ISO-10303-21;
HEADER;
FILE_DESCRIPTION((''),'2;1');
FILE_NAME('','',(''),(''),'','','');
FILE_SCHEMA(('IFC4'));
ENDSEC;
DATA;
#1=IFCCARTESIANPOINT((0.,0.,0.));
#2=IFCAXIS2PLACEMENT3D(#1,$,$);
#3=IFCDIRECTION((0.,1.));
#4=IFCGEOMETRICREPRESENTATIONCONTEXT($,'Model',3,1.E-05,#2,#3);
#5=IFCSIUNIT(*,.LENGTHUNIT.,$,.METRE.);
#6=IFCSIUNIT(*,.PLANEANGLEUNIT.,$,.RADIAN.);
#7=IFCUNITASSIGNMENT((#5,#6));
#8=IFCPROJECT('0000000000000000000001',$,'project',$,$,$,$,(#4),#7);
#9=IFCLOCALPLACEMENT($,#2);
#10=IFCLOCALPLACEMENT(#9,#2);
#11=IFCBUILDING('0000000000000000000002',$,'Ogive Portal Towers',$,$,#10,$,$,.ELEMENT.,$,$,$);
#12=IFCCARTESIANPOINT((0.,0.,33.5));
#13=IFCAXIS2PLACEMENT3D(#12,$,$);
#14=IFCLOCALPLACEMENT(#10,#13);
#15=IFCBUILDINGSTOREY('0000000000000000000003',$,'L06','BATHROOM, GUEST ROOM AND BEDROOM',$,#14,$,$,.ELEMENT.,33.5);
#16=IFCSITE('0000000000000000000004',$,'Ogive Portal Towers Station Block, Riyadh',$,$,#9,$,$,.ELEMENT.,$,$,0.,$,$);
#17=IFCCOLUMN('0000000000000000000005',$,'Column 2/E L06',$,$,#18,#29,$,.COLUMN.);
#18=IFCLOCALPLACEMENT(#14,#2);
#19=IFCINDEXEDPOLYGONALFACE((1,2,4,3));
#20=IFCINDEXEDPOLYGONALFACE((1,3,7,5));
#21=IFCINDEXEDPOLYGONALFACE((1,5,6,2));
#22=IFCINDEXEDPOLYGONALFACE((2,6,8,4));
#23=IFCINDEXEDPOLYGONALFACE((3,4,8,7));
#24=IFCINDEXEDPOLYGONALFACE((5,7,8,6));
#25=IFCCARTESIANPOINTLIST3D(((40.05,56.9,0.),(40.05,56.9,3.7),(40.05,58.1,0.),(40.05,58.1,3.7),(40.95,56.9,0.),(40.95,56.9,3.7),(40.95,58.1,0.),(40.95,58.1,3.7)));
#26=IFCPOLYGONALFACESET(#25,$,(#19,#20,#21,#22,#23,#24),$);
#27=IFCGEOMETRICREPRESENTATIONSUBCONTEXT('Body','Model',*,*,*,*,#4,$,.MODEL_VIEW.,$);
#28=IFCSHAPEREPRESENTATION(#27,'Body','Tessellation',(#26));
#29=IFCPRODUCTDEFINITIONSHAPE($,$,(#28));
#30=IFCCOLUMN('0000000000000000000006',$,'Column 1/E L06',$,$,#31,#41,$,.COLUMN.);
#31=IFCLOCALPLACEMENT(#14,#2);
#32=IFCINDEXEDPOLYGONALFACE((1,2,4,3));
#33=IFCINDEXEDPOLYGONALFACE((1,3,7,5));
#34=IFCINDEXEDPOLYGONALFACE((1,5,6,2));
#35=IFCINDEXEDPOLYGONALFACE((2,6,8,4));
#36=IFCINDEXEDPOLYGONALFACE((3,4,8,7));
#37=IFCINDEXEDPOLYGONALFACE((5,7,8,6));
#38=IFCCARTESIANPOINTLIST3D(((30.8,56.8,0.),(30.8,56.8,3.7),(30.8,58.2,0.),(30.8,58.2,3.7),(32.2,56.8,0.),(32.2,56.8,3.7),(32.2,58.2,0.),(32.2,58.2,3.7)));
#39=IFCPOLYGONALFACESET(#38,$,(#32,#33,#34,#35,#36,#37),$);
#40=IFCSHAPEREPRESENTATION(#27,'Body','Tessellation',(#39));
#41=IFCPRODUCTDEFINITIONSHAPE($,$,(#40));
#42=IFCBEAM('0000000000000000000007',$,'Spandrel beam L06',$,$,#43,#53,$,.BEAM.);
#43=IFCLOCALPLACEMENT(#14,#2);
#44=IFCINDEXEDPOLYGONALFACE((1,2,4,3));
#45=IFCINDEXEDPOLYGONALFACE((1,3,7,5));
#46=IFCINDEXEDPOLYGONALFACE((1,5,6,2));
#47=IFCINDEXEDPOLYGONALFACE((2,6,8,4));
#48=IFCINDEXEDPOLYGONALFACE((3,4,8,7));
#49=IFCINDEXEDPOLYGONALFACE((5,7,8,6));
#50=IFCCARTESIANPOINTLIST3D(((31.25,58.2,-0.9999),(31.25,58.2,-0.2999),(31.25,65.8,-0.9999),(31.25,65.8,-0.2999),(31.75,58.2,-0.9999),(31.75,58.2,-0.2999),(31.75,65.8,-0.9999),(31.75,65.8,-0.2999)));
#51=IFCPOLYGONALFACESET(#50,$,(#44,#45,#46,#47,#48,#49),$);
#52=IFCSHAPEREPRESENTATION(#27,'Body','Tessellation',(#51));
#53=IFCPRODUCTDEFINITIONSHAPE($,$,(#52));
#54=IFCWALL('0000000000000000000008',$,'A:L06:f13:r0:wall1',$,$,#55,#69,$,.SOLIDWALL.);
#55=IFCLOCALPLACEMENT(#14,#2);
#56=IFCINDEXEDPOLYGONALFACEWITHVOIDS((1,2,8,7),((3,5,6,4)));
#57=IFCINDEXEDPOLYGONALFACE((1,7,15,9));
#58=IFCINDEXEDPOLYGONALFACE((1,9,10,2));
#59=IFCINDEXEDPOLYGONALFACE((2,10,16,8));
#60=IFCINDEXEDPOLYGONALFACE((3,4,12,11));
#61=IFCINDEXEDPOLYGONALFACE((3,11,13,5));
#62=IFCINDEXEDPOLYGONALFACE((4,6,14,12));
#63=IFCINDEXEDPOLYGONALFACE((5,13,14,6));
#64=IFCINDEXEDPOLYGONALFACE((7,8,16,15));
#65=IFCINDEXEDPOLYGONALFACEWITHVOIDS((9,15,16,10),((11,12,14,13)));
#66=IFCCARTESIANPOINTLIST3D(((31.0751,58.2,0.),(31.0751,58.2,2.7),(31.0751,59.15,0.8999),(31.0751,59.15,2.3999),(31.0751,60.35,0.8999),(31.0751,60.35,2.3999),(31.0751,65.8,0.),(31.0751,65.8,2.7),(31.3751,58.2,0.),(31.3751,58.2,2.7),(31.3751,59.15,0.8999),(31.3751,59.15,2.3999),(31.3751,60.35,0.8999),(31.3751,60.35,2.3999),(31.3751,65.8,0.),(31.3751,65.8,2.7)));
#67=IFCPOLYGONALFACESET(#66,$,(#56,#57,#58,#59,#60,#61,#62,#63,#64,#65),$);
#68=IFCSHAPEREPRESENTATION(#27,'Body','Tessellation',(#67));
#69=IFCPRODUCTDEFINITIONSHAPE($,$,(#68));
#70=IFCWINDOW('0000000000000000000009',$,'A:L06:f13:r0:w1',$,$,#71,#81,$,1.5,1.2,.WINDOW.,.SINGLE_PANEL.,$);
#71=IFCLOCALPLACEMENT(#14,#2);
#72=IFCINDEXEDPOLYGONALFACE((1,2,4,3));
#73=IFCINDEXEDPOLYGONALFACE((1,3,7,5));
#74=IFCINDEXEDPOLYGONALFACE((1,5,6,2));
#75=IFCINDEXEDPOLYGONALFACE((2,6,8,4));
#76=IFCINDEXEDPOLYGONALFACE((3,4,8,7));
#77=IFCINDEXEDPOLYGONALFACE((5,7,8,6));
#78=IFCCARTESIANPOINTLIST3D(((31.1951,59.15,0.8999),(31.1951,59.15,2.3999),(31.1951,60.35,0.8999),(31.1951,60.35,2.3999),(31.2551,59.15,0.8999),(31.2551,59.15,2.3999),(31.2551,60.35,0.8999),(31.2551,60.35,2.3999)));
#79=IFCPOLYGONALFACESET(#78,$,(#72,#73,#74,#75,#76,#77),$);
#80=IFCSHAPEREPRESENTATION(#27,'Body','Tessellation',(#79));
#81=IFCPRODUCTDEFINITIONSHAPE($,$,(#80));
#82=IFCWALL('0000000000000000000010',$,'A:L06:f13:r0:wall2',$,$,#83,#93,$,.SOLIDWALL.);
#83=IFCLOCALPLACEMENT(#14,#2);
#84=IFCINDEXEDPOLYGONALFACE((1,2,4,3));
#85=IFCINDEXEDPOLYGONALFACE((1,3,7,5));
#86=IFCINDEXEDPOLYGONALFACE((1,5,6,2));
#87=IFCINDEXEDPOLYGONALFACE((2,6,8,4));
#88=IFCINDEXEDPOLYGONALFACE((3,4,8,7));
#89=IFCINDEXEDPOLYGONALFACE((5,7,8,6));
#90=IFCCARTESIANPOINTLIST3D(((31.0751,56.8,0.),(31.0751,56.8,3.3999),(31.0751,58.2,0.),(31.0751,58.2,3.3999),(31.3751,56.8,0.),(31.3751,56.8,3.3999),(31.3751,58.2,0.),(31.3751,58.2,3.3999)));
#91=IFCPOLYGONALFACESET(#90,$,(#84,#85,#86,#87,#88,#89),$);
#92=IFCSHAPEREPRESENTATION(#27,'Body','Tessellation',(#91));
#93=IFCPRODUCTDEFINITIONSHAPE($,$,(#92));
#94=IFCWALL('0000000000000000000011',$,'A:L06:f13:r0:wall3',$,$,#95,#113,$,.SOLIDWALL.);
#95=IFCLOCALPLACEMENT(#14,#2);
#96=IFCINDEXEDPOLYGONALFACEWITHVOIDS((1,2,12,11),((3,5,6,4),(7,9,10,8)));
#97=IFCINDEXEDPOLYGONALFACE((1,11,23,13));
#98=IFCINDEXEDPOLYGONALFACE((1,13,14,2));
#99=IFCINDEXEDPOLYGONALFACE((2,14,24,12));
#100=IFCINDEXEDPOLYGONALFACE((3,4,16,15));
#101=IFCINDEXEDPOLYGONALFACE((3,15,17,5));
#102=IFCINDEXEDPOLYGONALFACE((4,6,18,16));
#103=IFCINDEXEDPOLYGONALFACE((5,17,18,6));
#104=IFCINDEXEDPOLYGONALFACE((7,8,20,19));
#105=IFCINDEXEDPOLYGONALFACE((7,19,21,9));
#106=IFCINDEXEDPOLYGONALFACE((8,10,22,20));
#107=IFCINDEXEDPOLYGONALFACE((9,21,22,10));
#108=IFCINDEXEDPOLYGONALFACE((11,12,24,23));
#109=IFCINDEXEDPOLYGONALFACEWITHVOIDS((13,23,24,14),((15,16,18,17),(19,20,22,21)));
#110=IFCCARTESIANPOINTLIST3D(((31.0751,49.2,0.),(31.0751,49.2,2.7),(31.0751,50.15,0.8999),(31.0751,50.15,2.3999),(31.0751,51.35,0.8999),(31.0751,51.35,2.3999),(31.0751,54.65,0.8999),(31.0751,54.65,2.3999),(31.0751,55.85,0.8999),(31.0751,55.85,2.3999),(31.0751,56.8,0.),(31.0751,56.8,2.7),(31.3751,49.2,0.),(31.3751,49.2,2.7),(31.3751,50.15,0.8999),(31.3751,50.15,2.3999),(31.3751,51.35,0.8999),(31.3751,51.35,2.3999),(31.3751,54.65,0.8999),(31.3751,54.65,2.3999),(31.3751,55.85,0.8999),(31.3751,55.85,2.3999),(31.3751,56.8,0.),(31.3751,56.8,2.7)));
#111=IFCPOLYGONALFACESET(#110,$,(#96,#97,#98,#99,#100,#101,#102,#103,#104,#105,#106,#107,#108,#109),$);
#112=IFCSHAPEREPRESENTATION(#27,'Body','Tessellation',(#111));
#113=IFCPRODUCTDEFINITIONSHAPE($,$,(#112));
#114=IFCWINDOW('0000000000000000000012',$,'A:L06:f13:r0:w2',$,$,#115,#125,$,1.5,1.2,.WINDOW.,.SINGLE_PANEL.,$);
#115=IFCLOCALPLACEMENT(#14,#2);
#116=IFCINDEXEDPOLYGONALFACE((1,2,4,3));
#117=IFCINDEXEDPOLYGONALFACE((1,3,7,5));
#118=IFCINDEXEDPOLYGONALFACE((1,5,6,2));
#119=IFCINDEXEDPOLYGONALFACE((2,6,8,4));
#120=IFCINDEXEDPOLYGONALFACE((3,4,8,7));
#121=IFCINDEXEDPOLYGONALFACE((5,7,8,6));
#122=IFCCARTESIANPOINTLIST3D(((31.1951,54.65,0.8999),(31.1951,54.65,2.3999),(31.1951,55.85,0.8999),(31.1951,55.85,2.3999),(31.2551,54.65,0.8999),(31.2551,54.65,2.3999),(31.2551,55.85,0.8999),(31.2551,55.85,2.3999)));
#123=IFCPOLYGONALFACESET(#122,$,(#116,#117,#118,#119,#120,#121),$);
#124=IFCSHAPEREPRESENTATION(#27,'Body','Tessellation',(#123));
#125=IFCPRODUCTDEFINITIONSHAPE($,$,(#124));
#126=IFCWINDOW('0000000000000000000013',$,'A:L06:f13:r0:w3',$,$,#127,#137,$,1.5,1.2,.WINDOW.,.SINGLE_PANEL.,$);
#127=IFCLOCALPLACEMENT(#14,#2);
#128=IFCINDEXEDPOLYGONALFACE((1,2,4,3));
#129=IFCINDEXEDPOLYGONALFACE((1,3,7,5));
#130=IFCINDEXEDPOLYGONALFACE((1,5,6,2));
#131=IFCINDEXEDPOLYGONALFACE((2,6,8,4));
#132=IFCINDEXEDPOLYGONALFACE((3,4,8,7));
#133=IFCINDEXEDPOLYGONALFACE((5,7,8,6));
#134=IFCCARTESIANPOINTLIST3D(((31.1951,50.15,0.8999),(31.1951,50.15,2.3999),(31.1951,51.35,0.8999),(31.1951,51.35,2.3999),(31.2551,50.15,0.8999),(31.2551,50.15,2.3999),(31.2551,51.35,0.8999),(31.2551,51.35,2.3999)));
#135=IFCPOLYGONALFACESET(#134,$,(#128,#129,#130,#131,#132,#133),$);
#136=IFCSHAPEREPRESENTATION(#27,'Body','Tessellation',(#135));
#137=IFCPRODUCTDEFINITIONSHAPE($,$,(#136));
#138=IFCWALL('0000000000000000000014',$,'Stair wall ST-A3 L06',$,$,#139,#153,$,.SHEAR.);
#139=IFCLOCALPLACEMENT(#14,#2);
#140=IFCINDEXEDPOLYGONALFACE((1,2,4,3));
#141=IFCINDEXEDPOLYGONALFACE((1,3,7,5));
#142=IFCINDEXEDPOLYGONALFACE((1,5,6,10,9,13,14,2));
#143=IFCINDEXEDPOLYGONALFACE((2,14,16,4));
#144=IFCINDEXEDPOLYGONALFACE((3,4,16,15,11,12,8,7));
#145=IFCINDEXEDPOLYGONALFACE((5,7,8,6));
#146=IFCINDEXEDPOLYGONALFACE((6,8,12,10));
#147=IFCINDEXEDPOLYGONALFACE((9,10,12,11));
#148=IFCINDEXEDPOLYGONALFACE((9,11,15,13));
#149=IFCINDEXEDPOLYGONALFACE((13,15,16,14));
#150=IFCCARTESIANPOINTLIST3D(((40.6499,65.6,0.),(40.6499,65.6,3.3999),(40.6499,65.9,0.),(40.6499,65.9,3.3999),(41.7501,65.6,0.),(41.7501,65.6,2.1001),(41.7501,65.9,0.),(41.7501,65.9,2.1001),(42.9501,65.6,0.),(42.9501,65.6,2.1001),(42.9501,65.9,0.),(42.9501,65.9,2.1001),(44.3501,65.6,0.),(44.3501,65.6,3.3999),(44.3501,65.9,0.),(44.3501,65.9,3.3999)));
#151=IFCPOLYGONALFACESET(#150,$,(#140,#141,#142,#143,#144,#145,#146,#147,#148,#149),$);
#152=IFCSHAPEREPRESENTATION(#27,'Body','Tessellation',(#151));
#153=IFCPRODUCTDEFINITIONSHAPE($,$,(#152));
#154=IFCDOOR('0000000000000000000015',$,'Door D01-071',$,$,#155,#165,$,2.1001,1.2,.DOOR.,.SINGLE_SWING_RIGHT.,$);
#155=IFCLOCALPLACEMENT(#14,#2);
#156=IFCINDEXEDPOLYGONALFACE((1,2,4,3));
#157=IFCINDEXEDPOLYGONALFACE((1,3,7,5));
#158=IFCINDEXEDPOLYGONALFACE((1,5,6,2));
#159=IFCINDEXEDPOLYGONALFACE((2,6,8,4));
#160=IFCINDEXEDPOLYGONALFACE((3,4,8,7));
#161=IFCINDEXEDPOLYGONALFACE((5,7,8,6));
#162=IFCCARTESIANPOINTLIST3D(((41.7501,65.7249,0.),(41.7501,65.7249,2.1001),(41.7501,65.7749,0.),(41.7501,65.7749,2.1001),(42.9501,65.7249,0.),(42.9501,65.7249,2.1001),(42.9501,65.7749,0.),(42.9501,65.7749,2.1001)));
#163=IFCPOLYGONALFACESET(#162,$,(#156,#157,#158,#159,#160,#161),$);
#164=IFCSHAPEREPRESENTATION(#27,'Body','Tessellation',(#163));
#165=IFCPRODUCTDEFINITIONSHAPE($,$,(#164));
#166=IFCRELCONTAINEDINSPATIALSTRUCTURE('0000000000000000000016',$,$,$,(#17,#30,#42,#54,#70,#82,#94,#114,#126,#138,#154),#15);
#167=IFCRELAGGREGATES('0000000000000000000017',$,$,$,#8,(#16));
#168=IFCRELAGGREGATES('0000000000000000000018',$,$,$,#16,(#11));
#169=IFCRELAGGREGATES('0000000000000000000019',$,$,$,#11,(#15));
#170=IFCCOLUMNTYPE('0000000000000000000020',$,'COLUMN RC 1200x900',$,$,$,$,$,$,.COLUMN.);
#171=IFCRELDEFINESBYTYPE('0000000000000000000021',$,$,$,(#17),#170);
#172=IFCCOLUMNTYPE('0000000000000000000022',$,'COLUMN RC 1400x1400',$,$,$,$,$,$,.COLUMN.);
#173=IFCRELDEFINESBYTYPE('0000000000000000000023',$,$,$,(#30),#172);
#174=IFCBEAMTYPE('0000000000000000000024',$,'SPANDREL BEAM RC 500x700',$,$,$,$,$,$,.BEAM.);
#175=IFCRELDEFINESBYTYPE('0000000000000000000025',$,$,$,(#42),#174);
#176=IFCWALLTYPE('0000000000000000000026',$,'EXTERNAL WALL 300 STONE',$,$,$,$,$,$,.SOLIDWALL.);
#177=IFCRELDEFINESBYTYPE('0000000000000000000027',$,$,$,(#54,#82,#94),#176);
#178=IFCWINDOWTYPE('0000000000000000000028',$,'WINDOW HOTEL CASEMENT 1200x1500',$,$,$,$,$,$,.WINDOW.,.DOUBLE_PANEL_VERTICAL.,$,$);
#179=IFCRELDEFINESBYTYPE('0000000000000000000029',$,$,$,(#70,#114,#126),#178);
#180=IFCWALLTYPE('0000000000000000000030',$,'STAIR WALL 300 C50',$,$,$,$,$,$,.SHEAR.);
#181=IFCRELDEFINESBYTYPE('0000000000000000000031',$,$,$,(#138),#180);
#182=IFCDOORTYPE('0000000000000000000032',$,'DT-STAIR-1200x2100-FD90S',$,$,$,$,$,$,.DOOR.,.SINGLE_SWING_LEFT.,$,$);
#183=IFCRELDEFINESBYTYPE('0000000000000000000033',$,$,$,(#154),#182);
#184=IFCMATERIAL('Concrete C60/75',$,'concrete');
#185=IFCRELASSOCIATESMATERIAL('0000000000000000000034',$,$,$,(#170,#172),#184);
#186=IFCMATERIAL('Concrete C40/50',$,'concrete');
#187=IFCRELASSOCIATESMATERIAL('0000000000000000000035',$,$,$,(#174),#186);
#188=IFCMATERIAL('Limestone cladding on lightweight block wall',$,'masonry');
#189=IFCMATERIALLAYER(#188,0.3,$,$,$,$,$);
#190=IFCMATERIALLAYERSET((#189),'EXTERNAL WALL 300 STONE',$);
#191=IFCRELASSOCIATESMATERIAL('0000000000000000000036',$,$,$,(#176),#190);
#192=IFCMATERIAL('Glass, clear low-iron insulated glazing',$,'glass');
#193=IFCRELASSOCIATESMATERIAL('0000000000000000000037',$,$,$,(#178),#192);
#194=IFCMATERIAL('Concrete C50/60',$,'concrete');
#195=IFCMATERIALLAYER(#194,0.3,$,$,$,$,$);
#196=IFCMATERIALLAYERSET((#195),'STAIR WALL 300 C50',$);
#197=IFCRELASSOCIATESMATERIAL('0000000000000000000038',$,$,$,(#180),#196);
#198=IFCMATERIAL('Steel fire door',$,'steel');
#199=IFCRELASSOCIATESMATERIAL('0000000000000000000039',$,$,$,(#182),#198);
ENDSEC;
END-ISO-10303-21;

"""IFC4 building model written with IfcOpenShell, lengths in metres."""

from ifc_helpers import new_model, si_unit, direction, frame, frame_2d, origin, origin_2d, place, context, subcontext, project, spatial, rectangle, extrude, material, layer, layer_set, material_profile, profile_set, type_object, element, fill, save


model = new_model("IFC4")

# Units and contexts
model_context = context("Model", 3, precision=1e-05, world=origin(), true_north=direction((0.0, 1.0)))
body_context = subcontext(model_context, "Body", "Model", "MODEL_VIEW")
ifc_project = project(units=[si_unit("LENGTHUNIT", "METRE"), si_unit("PLANEANGLEUNIT", "RADIAN")], contexts=[model_context])

# Site, building, storey
site_placement = place(None, origin())
site = spatial("IfcSite", under=ifc_project, at=site_placement, Name="Ogive Portal Towers Station Block, Riyadh", CompositionType="ELEMENT", RefElevation=0.0)
building_placement = place(site_placement, origin())
building = spatial("IfcBuilding", under=site, at=building_placement, Name="Ogive Portal Towers", CompositionType="ELEMENT")
storey_placement = place(building_placement, frame((0.0, 0.0, 33.5)))
storey = spatial("IfcBuildingStorey", under=building, at=storey_placement, Name="L06", Description="BATHROOM, GUEST ROOM AND BEDROOM", CompositionType="ELEMENT", Elevation=33.5)

# Columns
ifc_material_1 = material(Name="Concrete C60/75", Category="concrete")
ifc_material_profile_1 = material_profile(ifc_material_1, rectangle(XDim=1.2, YDim=0.8999, at=origin_2d()), Name="RC 1200x900")
ifc_profile_set_1 = profile_set([ifc_material_profile_1], Name="Concrete C60/75")
column_type_1 = type_object("IfcColumnType", Name="COLUMN RC 1200x900", PredefinedType="COLUMN", material=ifc_profile_set_1)
column_1_placement = place(storey_placement, frame((40.5, 57.5, 0.0), z_axis=(0.0, 0.0, 1.0), x_axis=(0.0, 1.0, 0.0)))
element("IfcColumn", 1, at=column_1_placement, inside=storey, type_object=column_type_1, Name="Column 2/E L06", PredefinedType="COLUMN", context=body_context, shape_type="SweptSolid", body=[
    extrude(rectangle(XDim=1.2, YDim=0.8999, at=origin_2d()), origin(), (0.0, 0.0, 1.0), 3.7),
])
ifc_material_profile_2 = material_profile(ifc_material_1, rectangle(XDim=1.3999, YDim=1.3999, at=origin_2d()), Name="RC 1400x1400")
ifc_profile_set_2 = profile_set([ifc_material_profile_2], Name="Concrete C60/75")
column_type_2 = type_object("IfcColumnType", Name="COLUMN RC 1400x1400", PredefinedType="COLUMN", material=ifc_profile_set_2)
column_2_placement = place(storey_placement, frame((31.5, 57.5, 0.0), z_axis=(0.0, 0.0, 1.0), x_axis=(1.0, 0.0, 0.0)))
element("IfcColumn", 2, at=column_2_placement, inside=storey, type_object=column_type_2, Name="Column 1/E L06", PredefinedType="COLUMN", context=body_context, shape_type="SweptSolid", body=[
    extrude(rectangle(XDim=1.3999, YDim=1.3999, at=origin_2d()), origin(), (0.0, 0.0, 1.0), 3.7),
])

# Beam
ifc_material_2 = material(Name="Concrete C40/50", Category="concrete")
ifc_material_profile_3 = material_profile(ifc_material_2, rectangle(XDim=0.5, YDim=0.7, at=origin_2d()), Name="RC 500x700")
ifc_profile_set_3 = profile_set([ifc_material_profile_3], Name="Concrete C40/50")
beam_type = type_object("IfcBeamType", Name="SPANDREL BEAM RC 500x700", PredefinedType="BEAM", material=ifc_profile_set_3)
beam_placement = place(storey_placement, frame((31.5, 58.2, -0.6499), z_axis=(0.0, 1.0, 0.0), x_axis=(-1.0, 0.0, 0.0)))
element("IfcBeam", 3, at=beam_placement, inside=storey, type_object=beam_type, Name="Spandrel beam L06", PredefinedType="BEAM", context=body_context, shape_type="SweptSolid", body=[
    extrude(rectangle(XDim=0.5, YDim=0.7, at=origin_2d()), origin(), (0.0, 0.0, 1.0), 7.6001),
])

# Wall, opening, window
ifc_material_3 = material(Name="Limestone cladding on lightweight block wall", Category="masonry")
ifc_layer_1 = layer(ifc_material_3, 0.3)
ifc_layer_set_1 = layer_set([ifc_layer_1], Name="EXTERNAL WALL 300 STONE")
wall_type_1 = type_object("IfcWallType", Name="EXTERNAL WALL 300 STONE", PredefinedType="SOLIDWALL", material=ifc_layer_set_1)
wall_1_placement = place(storey_placement, frame((31.2251, 65.8, 0.0), z_axis=(0.0, 0.0, 1.0), x_axis=(0.0, -1.0, 0.0)))
wall_1 = element("IfcWall", 4, at=wall_1_placement, inside=storey, type_object=wall_type_1, Name="A:L06:f13:r0:wall1", PredefinedType="SOLIDWALL", context=body_context, shape_type="SweptSolid", body=[
    extrude(rectangle(XDim=7.6001, YDim=0.3, at=frame_2d((3.8, 0.0))), origin(), (0.0, 0.0, 1.0), 2.7),
])
opening_1_placement = place(wall_1_placement, frame((5.45, 0.0, 0.8999)))
opening_1 = element("IfcOpeningElement", 5, at=opening_1_placement, cuts=wall_1, PredefinedType="OPENING", context=body_context, shape_type="SweptSolid", body=[
    extrude(rectangle(XDim=1.2, YDim=1.5, at=frame_2d((0.6001, 0.75))), frame((0.0, 0.1602, 0.0), z_axis=(0.0, -1.0, 0.0), x_axis=(1.0, 0.0, 0.0)), (0.0, 0.0, 1.0), 0.3201),
])
ifc_material_4 = material(Name="Glass, clear low-iron insulated glazing", Category="glass")
window_type = type_object("IfcWindowType", Name="WINDOW HOTEL CASEMENT 1200x1500", PartitioningType="DOUBLE_PANEL_VERTICAL", PredefinedType="WINDOW", material=ifc_material_4)
window_1_placement = place(opening_1_placement, origin())
window_1 = element("IfcWindow", 6, at=window_1_placement, inside=storey, type_object=window_type, Name="A:L06:f13:r0:w1", OverallHeight=1.5, OverallWidth=1.2, PartitioningType="SINGLE_PANEL", PredefinedType="WINDOW", context=body_context, shape_type="SweptSolid", body=[
    extrude(rectangle(XDim=1.2, YDim=1.5, at=frame_2d((0.6001, 0.75))), frame((0.0, 0.03, 0.0), z_axis=(0.0, -1.0, 0.0), x_axis=(1.0, 0.0, 0.0)), (0.0, 0.0, 1.0), 0.0601),
])
fill(opening_1, window_1)

# Wall
wall_2_placement = place(storey_placement, frame((31.2251, 58.2, 0.0), z_axis=(0.0, 0.0, 1.0), x_axis=(0.0, -1.0, 0.0)))
element("IfcWall", 7, at=wall_2_placement, inside=storey, type_object=wall_type_1, Name="A:L06:f13:r0:wall2", PredefinedType="SOLIDWALL", context=body_context, shape_type="SweptSolid", body=[
    extrude(rectangle(XDim=1.3999, YDim=0.3, at=frame_2d((0.7, 0.0))), origin(), (0.0, 0.0, 1.0), 3.3999),
])

# Wall, openings, windows
wall_3_placement = place(storey_placement, frame((31.2251, 56.8, 0.0), z_axis=(0.0, 0.0, 1.0), x_axis=(0.0, -1.0, 0.0)))
wall_3 = element("IfcWall", 8, at=wall_3_placement, inside=storey, type_object=wall_type_1, Name="A:L06:f13:r0:wall3", PredefinedType="SOLIDWALL", context=body_context, shape_type="SweptSolid", body=[
    extrude(rectangle(XDim=7.6001, YDim=0.3, at=frame_2d((3.8, 0.0))), origin(), (0.0, 0.0, 1.0), 2.7),
])
opening_2_placement = place(wall_3_placement, frame((0.95, 0.0, 0.8999)))
opening_2 = element("IfcOpeningElement", 9, at=opening_2_placement, cuts=wall_3, PredefinedType="OPENING", context=body_context, shape_type="SweptSolid", body=[
    extrude(rectangle(XDim=1.2, YDim=1.5, at=frame_2d((0.6001, 0.75))), frame((0.0, 0.1602, 0.0), z_axis=(0.0, -1.0, 0.0), x_axis=(1.0, 0.0, 0.0)), (0.0, 0.0, 1.0), 0.3201),
])
opening_3_placement = place(wall_3_placement, frame((5.45, 0.0, 0.8999)))
opening_3 = element("IfcOpeningElement", 10, at=opening_3_placement, cuts=wall_3, PredefinedType="OPENING", context=body_context, shape_type="SweptSolid", body=[
    extrude(rectangle(XDim=1.2, YDim=1.5, at=frame_2d((0.6001, 0.75))), frame((0.0, 0.1602, 0.0), z_axis=(0.0, -1.0, 0.0), x_axis=(1.0, 0.0, 0.0)), (0.0, 0.0, 1.0), 0.3201),
])
window_2_placement = place(opening_2_placement, origin())
window_2 = element("IfcWindow", 11, at=window_2_placement, inside=storey, type_object=window_type, Name="A:L06:f13:r0:w2", OverallHeight=1.5, OverallWidth=1.2, PartitioningType="SINGLE_PANEL", PredefinedType="WINDOW", context=body_context, shape_type="SweptSolid", body=[
    extrude(rectangle(XDim=1.2, YDim=1.5, at=frame_2d((0.6001, 0.75))), frame((0.0, 0.03, 0.0), z_axis=(0.0, -1.0, 0.0), x_axis=(1.0, 0.0, 0.0)), (0.0, 0.0, 1.0), 0.0601),
])
fill(opening_2, window_2)
window_3_placement = place(opening_3_placement, origin())
window_3 = element("IfcWindow", 12, at=window_3_placement, inside=storey, type_object=window_type, Name="A:L06:f13:r0:w3", OverallHeight=1.5, OverallWidth=1.2, PartitioningType="SINGLE_PANEL", PredefinedType="WINDOW", context=body_context, shape_type="SweptSolid", body=[
    extrude(rectangle(XDim=1.2, YDim=1.5, at=frame_2d((0.6001, 0.75))), frame((0.0, 0.03, 0.0), z_axis=(0.0, -1.0, 0.0), x_axis=(1.0, 0.0, 0.0)), (0.0, 0.0, 1.0), 0.0601),
])
fill(opening_3, window_3)

# Wall, opening, door
ifc_material_5 = material(Name="Concrete C50/60", Category="concrete")
ifc_layer_2 = layer(ifc_material_5, 0.3)
ifc_layer_set_2 = layer_set([ifc_layer_2], Name="STAIR WALL 300 C50")
wall_type_2 = type_object("IfcWallType", Name="STAIR WALL 300 C50", PredefinedType="SHEAR", material=ifc_layer_set_2)
wall_4_placement = place(storey_placement, frame((40.6499, 65.75, 0.0), z_axis=(0.0, 0.0, 1.0), x_axis=(1.0, 0.0, 0.0)))
wall_4 = element("IfcWall", 13, at=wall_4_placement, inside=storey, type_object=wall_type_2, Name="Stair wall ST-A3 L06", PredefinedType="SHEAR", context=body_context, shape_type="SweptSolid", body=[
    extrude(rectangle(XDim=3.7002, YDim=0.3, at=frame_2d((1.8501, 0.0))), origin(), (0.0, 0.0, 1.0), 3.3999),
])
opening_4_placement = place(wall_4_placement, frame((1.1001, 0.0, 0.0)))
opening_4 = element("IfcOpeningElement", 14, at=opening_4_placement, cuts=wall_4, PredefinedType="OPENING", context=body_context, shape_type="SweptSolid", body=[
    extrude(rectangle(XDim=1.2, YDim=2.1001, at=frame_2d((0.6001, 1.05))), frame((0.0, 0.1602, 0.0), z_axis=(0.0, -1.0, 0.0), x_axis=(1.0, 0.0, 0.0)), (0.0, 0.0, 1.0), 0.3201),
])
ifc_material_6 = material(Name="Steel fire door", Category="steel")
door_type_1 = type_object("IfcDoorType", Name="DT-STAIR-1200x2100-FD90S", OperationType="SINGLE_SWING_LEFT", PredefinedType="DOOR", material=ifc_material_6)
door_1_placement = place(opening_4_placement, origin())
door_1 = element("IfcDoor", 15, at=door_1_placement, inside=storey, type_object=door_type_1, Name="Door D01-071", OperationType="SINGLE_SWING_RIGHT", OverallHeight=2.1001, OverallWidth=1.2, PredefinedType="DOOR", context=body_context, shape_type="SweptSolid", body=[
    extrude(rectangle(XDim=1.2, YDim=2.1001, at=frame_2d((0.6001, 1.05))), frame((0.0, 0.0249, 0.0), z_axis=(0.0, -1.0, 0.0), x_axis=(1.0, 0.0, 0.0)), (0.0, 0.0, 1.0), 0.05),
])
fill(opening_4, door_1)

save(model, "model.ifc")
